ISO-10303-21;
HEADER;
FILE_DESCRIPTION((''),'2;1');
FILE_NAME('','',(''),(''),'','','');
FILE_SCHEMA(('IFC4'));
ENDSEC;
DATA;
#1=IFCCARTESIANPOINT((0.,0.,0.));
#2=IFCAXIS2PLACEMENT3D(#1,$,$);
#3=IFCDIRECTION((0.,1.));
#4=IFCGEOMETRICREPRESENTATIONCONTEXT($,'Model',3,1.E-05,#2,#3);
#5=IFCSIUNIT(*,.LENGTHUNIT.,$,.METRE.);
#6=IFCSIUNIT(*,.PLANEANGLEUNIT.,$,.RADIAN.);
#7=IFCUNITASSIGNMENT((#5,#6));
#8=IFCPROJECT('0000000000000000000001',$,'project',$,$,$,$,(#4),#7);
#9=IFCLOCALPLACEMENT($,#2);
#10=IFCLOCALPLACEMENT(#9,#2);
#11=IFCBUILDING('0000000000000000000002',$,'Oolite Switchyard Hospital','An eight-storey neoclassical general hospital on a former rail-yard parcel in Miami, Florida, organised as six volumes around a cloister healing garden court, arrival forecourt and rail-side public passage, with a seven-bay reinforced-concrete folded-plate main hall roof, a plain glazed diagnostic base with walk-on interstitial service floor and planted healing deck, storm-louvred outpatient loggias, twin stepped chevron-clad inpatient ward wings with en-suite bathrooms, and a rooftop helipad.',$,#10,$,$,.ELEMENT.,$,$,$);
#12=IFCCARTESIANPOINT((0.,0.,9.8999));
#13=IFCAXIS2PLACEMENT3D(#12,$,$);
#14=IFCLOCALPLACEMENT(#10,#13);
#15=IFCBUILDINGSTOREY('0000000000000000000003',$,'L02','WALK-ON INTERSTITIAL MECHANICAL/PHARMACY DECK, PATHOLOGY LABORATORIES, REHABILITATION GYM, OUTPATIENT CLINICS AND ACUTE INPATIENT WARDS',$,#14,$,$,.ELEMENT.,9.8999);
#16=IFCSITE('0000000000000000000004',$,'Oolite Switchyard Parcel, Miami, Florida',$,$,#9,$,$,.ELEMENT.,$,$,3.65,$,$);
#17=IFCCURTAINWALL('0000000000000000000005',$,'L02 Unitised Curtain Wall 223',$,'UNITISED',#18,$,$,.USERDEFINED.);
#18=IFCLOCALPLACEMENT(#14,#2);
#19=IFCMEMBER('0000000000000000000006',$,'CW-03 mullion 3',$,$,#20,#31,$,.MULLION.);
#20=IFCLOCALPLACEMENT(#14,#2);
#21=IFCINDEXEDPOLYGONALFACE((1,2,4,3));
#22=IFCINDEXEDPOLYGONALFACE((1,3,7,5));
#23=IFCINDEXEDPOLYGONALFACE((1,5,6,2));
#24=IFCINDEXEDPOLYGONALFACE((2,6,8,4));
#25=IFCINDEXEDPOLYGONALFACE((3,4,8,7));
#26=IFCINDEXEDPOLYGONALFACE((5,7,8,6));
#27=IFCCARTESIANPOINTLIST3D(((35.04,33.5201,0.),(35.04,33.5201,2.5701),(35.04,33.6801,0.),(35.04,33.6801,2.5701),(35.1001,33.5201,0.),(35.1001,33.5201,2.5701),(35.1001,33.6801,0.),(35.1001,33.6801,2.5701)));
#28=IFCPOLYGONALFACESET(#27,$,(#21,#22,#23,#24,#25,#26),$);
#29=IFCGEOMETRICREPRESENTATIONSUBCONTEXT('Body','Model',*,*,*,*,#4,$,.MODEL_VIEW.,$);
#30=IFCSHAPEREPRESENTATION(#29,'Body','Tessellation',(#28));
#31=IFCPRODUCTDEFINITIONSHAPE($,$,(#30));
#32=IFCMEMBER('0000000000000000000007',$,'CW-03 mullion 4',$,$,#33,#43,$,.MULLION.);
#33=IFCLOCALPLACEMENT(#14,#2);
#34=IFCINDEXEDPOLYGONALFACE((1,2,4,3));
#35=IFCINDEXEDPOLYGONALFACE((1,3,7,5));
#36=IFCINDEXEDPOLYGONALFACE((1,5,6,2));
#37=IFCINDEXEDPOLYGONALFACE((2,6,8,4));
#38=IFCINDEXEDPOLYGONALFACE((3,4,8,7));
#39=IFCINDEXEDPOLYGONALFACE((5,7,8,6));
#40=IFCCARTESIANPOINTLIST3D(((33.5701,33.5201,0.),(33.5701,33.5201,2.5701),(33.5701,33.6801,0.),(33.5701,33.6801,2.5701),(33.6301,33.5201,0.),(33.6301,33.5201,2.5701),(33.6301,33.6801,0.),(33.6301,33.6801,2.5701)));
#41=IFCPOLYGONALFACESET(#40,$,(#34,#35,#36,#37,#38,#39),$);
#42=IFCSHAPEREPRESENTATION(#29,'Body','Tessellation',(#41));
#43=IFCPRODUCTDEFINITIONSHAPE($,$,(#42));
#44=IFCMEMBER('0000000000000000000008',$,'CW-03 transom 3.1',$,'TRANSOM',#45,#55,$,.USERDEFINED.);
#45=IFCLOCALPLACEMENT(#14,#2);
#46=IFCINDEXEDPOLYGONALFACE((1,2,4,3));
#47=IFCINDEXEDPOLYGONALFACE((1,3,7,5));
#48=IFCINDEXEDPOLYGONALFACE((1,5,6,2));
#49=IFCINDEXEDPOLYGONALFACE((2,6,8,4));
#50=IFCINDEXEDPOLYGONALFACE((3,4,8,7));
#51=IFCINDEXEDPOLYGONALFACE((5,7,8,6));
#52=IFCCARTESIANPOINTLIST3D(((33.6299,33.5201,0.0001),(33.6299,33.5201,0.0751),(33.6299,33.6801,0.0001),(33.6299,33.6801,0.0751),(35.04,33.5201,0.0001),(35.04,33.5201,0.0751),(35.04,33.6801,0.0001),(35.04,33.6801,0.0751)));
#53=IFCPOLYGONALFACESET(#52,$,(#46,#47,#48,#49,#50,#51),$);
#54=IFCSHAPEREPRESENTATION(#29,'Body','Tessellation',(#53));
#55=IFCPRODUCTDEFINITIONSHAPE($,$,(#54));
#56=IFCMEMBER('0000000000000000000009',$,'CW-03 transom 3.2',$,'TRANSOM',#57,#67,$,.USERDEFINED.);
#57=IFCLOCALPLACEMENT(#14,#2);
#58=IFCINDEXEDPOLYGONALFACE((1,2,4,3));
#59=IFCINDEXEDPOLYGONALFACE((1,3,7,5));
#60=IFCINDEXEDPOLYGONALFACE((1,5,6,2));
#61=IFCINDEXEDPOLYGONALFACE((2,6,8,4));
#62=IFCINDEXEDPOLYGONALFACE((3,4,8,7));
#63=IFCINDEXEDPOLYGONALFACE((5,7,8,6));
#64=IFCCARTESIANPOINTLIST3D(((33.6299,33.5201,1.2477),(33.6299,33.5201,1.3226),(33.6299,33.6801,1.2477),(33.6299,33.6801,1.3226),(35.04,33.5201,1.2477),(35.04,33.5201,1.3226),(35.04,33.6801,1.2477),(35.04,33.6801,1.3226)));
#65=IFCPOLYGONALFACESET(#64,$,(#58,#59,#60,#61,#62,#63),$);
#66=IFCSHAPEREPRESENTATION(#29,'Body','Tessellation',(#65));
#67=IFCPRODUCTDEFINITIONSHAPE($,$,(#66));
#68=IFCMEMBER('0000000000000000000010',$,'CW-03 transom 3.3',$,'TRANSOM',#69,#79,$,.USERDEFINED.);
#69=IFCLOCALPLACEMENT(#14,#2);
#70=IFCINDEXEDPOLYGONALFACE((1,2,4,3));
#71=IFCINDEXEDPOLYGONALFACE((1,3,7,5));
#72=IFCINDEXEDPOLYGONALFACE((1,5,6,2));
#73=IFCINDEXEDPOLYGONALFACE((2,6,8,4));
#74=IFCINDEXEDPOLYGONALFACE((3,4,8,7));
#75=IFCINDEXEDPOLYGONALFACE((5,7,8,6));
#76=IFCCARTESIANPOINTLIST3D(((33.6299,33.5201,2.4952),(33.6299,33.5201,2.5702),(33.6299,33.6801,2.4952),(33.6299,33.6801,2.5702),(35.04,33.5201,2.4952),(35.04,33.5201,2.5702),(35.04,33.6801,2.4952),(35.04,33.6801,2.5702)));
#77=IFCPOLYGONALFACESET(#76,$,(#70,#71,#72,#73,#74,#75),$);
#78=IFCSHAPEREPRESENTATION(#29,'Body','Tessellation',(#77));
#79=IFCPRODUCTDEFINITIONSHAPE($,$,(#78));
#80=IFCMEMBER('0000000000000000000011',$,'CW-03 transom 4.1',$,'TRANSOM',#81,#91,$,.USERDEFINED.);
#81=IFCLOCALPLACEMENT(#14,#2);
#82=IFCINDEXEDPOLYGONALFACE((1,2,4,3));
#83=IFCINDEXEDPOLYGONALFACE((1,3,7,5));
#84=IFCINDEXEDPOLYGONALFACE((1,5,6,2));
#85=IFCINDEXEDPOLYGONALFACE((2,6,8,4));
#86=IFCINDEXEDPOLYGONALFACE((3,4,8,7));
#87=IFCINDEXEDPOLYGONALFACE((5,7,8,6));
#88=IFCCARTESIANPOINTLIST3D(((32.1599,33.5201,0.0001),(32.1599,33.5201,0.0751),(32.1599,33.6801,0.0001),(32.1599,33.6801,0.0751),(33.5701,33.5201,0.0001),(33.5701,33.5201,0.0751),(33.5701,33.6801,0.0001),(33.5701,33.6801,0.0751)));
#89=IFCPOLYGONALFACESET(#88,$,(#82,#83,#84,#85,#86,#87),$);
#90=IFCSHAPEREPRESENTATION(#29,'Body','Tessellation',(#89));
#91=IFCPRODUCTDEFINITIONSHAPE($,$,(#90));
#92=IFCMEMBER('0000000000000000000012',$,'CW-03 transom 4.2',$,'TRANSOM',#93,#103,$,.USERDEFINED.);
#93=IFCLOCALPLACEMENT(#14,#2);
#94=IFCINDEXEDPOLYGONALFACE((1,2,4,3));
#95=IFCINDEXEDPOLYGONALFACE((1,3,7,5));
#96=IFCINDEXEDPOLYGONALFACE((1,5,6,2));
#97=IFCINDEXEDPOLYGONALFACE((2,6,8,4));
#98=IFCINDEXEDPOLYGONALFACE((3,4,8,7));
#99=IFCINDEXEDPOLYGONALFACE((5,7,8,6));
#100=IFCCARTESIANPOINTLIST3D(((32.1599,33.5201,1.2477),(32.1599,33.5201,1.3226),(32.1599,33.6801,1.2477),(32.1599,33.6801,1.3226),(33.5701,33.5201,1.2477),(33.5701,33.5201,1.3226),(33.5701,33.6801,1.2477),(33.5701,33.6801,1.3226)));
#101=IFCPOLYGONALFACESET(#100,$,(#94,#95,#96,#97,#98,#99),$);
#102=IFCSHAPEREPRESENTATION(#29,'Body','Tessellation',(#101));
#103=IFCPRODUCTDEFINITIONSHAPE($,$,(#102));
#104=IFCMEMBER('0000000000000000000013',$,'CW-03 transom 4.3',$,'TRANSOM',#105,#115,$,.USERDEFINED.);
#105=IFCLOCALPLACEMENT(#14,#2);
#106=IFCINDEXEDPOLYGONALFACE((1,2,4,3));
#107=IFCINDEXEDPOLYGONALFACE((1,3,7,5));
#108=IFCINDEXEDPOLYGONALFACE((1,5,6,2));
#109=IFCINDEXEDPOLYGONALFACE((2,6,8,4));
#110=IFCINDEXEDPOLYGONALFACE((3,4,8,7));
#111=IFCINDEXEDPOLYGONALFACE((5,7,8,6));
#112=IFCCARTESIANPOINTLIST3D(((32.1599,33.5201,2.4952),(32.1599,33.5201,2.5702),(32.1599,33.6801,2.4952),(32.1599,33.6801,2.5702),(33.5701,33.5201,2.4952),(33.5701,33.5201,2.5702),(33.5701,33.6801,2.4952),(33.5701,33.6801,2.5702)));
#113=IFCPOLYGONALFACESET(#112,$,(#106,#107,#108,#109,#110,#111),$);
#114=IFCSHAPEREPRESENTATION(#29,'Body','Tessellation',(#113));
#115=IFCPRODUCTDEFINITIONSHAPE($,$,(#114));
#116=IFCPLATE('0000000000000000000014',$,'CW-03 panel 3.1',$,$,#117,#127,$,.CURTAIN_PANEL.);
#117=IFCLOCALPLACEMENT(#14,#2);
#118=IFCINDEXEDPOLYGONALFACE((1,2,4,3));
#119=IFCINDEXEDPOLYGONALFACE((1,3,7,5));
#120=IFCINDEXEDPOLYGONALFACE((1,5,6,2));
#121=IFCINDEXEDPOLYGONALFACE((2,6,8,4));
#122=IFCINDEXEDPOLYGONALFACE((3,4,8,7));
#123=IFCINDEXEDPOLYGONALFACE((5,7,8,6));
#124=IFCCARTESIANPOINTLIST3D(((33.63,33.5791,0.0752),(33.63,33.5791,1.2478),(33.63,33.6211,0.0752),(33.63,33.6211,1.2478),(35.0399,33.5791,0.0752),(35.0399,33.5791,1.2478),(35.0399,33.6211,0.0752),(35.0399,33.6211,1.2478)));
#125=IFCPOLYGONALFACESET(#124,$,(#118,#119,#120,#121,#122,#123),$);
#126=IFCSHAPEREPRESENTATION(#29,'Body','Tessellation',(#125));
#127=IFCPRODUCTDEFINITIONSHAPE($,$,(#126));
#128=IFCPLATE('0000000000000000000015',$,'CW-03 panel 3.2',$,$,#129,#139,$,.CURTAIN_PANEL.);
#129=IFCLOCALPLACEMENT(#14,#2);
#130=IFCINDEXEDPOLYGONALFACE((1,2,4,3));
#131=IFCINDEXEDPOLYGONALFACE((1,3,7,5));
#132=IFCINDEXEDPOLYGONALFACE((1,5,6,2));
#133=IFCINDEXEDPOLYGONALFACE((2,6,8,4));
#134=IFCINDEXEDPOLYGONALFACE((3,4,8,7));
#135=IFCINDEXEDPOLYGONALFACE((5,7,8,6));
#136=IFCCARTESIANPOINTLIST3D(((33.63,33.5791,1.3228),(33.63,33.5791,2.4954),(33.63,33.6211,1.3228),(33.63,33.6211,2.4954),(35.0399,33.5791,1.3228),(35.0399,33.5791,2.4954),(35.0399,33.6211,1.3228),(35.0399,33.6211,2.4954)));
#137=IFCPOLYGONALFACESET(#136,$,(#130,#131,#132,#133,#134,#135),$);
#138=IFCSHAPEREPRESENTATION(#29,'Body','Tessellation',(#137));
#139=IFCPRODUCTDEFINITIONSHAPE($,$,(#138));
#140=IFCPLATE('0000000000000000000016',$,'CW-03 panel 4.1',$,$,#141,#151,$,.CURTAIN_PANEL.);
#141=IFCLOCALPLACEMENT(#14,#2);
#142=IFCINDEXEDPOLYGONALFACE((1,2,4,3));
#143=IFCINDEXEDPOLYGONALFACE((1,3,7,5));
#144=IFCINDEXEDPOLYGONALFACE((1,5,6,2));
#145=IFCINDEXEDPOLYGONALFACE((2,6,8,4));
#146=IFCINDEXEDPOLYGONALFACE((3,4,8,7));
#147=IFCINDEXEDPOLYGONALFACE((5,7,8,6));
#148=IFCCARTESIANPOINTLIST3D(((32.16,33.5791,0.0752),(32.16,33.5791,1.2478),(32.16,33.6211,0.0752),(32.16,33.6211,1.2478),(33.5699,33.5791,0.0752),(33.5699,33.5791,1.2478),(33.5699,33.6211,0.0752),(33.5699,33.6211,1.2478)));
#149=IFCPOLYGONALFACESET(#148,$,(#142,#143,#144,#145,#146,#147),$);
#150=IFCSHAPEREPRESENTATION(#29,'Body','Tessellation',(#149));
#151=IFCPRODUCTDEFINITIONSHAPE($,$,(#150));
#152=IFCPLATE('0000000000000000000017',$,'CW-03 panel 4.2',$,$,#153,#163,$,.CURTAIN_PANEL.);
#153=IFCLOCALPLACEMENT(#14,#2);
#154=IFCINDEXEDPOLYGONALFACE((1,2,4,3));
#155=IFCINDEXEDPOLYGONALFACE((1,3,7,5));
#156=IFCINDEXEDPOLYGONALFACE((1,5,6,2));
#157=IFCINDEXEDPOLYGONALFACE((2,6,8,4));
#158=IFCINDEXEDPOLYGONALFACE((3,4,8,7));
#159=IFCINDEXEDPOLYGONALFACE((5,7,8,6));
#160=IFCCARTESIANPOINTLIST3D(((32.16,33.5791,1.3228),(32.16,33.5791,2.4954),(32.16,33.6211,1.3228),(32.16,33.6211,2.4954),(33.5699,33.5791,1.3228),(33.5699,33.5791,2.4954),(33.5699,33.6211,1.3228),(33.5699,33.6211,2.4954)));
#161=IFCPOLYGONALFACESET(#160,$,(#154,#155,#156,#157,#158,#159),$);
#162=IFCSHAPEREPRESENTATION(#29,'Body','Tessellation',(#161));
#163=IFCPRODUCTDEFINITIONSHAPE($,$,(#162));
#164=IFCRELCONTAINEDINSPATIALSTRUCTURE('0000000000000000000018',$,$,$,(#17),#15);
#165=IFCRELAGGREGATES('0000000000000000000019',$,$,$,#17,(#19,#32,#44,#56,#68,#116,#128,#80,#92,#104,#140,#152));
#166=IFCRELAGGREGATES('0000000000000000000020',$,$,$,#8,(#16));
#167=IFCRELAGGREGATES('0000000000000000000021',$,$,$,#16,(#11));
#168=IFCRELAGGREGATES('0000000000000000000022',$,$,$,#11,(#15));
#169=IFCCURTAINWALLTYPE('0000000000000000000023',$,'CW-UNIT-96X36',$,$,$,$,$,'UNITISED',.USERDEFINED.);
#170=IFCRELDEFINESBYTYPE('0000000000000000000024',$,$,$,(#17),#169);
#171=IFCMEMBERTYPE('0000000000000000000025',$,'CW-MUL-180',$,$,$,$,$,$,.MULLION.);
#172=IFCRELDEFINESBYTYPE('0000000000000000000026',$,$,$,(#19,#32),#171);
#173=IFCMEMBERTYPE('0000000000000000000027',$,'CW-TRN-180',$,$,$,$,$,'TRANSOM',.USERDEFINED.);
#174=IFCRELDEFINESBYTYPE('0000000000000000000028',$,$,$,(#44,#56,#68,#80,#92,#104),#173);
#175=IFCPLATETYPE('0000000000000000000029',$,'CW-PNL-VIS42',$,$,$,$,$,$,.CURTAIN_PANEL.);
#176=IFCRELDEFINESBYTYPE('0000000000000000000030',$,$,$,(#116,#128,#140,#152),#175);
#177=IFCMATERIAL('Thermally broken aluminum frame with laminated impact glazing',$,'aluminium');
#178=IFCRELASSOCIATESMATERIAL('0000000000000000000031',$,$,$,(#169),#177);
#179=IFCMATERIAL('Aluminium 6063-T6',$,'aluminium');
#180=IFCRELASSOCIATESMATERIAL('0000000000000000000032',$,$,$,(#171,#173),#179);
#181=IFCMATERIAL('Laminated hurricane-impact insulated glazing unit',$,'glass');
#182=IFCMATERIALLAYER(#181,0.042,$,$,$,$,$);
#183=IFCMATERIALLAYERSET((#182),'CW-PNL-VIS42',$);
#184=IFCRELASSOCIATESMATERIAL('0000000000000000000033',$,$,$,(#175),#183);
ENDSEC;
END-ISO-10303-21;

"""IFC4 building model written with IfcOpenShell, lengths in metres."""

from ifc_helpers import new_model, si_unit, direction, frame, origin, origin_2d, place, context, subcontext, project, spatial, rectangle, extrude, material, layer, layer_set, material_profile, profile_set, type_object, element, aggregate, save


model = new_model("IFC4")

# Units and contexts
model_context = context("Model", 3, precision=1e-05, world=origin(), true_north=direction((0.0, 1.0)))
body_context = subcontext(model_context, "Body", "Model", "MODEL_VIEW")
ifc_project = project(units=[si_unit("LENGTHUNIT", "METRE"), si_unit("PLANEANGLEUNIT", "RADIAN")], contexts=[model_context])

# Site, building, storey
site_placement = place(None, origin())
site = spatial("IfcSite", under=ifc_project, at=site_placement, Name="Oolite Switchyard Parcel, Miami, Florida", CompositionType="ELEMENT", RefElevation=3.65)
building_placement = place(site_placement, origin())
building = spatial("IfcBuilding", under=site, at=building_placement, Name="Oolite Switchyard Hospital", Description="An eight-storey neoclassical general hospital on a former rail-yard parcel in Miami, Florida, organised as six volumes around a cloister healing garden court, arrival forecourt and rail-side public passage, with a seven-bay reinforced-concrete folded-plate main hall roof, a plain glazed diagnostic base with walk-on interstitial service floor and planted healing deck, storm-louvred outpatient loggias, twin stepped chevron-clad inpatient ward wings with en-suite bathrooms, and a rooftop helipad.", CompositionType="ELEMENT")
storey_placement = place(building_placement, frame((0.0, 0.0, 9.8999)))
storey = spatial("IfcBuildingStorey", under=building, at=storey_placement, Name="L02", Description="WALK-ON INTERSTITIAL MECHANICAL/PHARMACY DECK, PATHOLOGY LABORATORIES, REHABILITATION GYM, OUTPATIENT CLINICS AND ACUTE INPATIENT WARDS", CompositionType="ELEMENT", Elevation=9.8999)

# Curtain wall, members, plates
ifc_material_1 = material(Name="Thermally broken aluminum frame with laminated impact glazing", Category="aluminium")
curtain_wall_type = type_object("IfcCurtainWallType", Name="CW-UNIT-96X36", ElementType="UNITISED", PredefinedType="USERDEFINED", material=ifc_material_1)
curtain_wall_placement = place(storey_placement, origin())
curtain_wall = element("IfcCurtainWall", 1, at=curtain_wall_placement, inside=storey, type_object=curtain_wall_type, Name="L02 Unitised Curtain Wall 223", ObjectType="UNITISED", PredefinedType="USERDEFINED")
ifc_material_2 = material(Name="Aluminium 6063-T6", Category="aluminium")
ifc_material_profile_1 = material_profile(ifc_material_2, rectangle(XDim=0.1599, YDim=0.0601, at=origin_2d()), Name="CWM60X160")
ifc_profile_set_1 = profile_set([ifc_material_profile_1], Name="Aluminium 6063-T6")
member_type_1 = type_object("IfcMemberType", Name="CW-MUL-180", PredefinedType="MULLION", material=ifc_profile_set_1)
member_1_placement = place(storey_placement, frame((35.0701, 33.6001, 0.0), z_axis=(0.0, 0.0, 1.0), x_axis=(0.0, -1.0, 0.0)))
member_1 = element("IfcMember", 2, at=member_1_placement, type_object=member_type_1, Name="CW-03 mullion 3", PredefinedType="MULLION", context=body_context, shape_type="SweptSolid", body=[
    extrude(rectangle(XDim=0.1599, YDim=0.0601, at=origin_2d()), origin(), (0.0, 0.0, 1.0), 2.5701),
])
member_2_placement = place(storey_placement, frame((33.6001, 33.6001, 0.0), z_axis=(0.0, 0.0, 1.0), x_axis=(0.0, -1.0, 0.0)))
member_2 = element("IfcMember", 3, at=member_2_placement, type_object=member_type_1, Name="CW-03 mullion 4", PredefinedType="MULLION", context=body_context, shape_type="SweptSolid", body=[
    extrude(rectangle(XDim=0.1599, YDim=0.0601, at=origin_2d()), origin(), (0.0, 0.0, 1.0), 2.5701),
])
ifc_material_profile_2 = material_profile(ifc_material_2, rectangle(XDim=0.1599, YDim=0.075, at=origin_2d()), Name="CWT75X160")
ifc_profile_set_2 = profile_set([ifc_material_profile_2], Name="Aluminium 6063-T6")
member_type_2 = type_object("IfcMemberType", Name="CW-TRN-180", ElementType="TRANSOM", PredefinedType="USERDEFINED", material=ifc_profile_set_2)
member_3_placement = place(storey_placement, frame((35.04, 33.6001, 0.0376), z_axis=(-1.0, 0.0, 0.0), x_axis=(0.0, -1.0, 0.0)))
member_3 = element("IfcMember", 4, at=member_3_placement, type_object=member_type_2, Name="CW-03 transom 3.1", ObjectType="TRANSOM", PredefinedType="USERDEFINED", context=body_context, shape_type="SweptSolid", body=[
    extrude(rectangle(XDim=0.1599, YDim=0.075, at=origin_2d()), origin(), (0.0, 0.0, 1.0), 1.4102),
])
member_4_placement = place(storey_placement, frame((35.04, 33.6001, 1.2852), z_axis=(-1.0, 0.0, 0.0), x_axis=(0.0, -1.0, 0.0)))
member_4 = element("IfcMember", 5, at=member_4_placement, type_object=member_type_2, Name="CW-03 transom 3.2", ObjectType="TRANSOM", PredefinedType="USERDEFINED", context=body_context, shape_type="SweptSolid", body=[
    extrude(rectangle(XDim=0.1599, YDim=0.075, at=origin_2d()), origin(), (0.0, 0.0, 1.0), 1.4102),
])
member_5_placement = place(storey_placement, frame((35.04, 33.6001, 2.5327), z_axis=(-1.0, 0.0, 0.0), x_axis=(0.0, -1.0, 0.0)))
member_5 = element("IfcMember", 6, at=member_5_placement, type_object=member_type_2, Name="CW-03 transom 3.3", ObjectType="TRANSOM", PredefinedType="USERDEFINED", context=body_context, shape_type="SweptSolid", body=[
    extrude(rectangle(XDim=0.1599, YDim=0.075, at=origin_2d()), origin(), (0.0, 0.0, 1.0), 1.4102),
])
member_6_placement = place(storey_placement, frame((33.5701, 33.6001, 0.0376), z_axis=(-1.0, 0.0, 0.0), x_axis=(0.0, -1.0, 0.0)))
member_6 = element("IfcMember", 7, at=member_6_placement, type_object=member_type_2, Name="CW-03 transom 4.1", ObjectType="TRANSOM", PredefinedType="USERDEFINED", context=body_context, shape_type="SweptSolid", body=[
    extrude(rectangle(XDim=0.1599, YDim=0.075, at=origin_2d()), origin(), (0.0, 0.0, 1.0), 1.4102),
])
member_7_placement = place(storey_placement, frame((33.5701, 33.6001, 1.2852), z_axis=(-1.0, 0.0, 0.0), x_axis=(0.0, -1.0, 0.0)))
member_7 = element("IfcMember", 8, at=member_7_placement, type_object=member_type_2, Name="CW-03 transom 4.2", ObjectType="TRANSOM", PredefinedType="USERDEFINED", context=body_context, shape_type="SweptSolid", body=[
    extrude(rectangle(XDim=0.1599, YDim=0.075, at=origin_2d()), origin(), (0.0, 0.0, 1.0), 1.4102),
])
member_8_placement = place(storey_placement, frame((33.5701, 33.6001, 2.5327), z_axis=(-1.0, 0.0, 0.0), x_axis=(0.0, -1.0, 0.0)))
member_8 = element("IfcMember", 9, at=member_8_placement, type_object=member_type_2, Name="CW-03 transom 4.3", ObjectType="TRANSOM", PredefinedType="USERDEFINED", context=body_context, shape_type="SweptSolid", body=[
    extrude(rectangle(XDim=0.1599, YDim=0.075, at=origin_2d()), origin(), (0.0, 0.0, 1.0), 1.4102),
])
ifc_material_3 = material(Name="Laminated hurricane-impact insulated glazing unit", Category="glass")
ifc_layer = layer(ifc_material_3, 0.042)
ifc_layer_set = layer_set([ifc_layer], Name="CW-PNL-VIS42")
plate_type = type_object("IfcPlateType", Name="CW-PNL-VIS42", PredefinedType="CURTAIN_PANEL", material=ifc_layer_set)
plate_1_placement = place(storey_placement, frame((34.335, 33.6001, 0.0752), z_axis=(0.0, 0.0, 1.0), x_axis=(-1.0, 0.0, 0.0)))
plate_1 = element("IfcPlate", 10, at=plate_1_placement, type_object=plate_type, Name="CW-03 panel 3.1", PredefinedType="CURTAIN_PANEL", context=body_context, shape_type="SweptSolid", body=[
    extrude(rectangle(XDim=1.4099, YDim=0.042, at=origin_2d()), origin(), (0.0, 0.0, 1.0), 1.1726),
])
plate_2_placement = place(storey_placement, frame((34.335, 33.6001, 1.3228), z_axis=(0.0, 0.0, 1.0), x_axis=(-1.0, 0.0, 0.0)))
plate_2 = element("IfcPlate", 11, at=plate_2_placement, type_object=plate_type, Name="CW-03 panel 3.2", PredefinedType="CURTAIN_PANEL", context=body_context, shape_type="SweptSolid", body=[
    extrude(rectangle(XDim=1.4099, YDim=0.042, at=origin_2d()), origin(), (0.0, 0.0, 1.0), 1.1726),
])
plate_3_placement = place(storey_placement, frame((32.865, 33.6001, 0.0752), z_axis=(0.0, 0.0, 1.0), x_axis=(-1.0, 0.0, 0.0)))
plate_3 = element("IfcPlate", 12, at=plate_3_placement, type_object=plate_type, Name="CW-03 panel 4.1", PredefinedType="CURTAIN_PANEL", context=body_context, shape_type="SweptSolid", body=[
    extrude(rectangle(XDim=1.4099, YDim=0.042, at=origin_2d()), origin(), (0.0, 0.0, 1.0), 1.1726),
])
plate_4_placement = place(storey_placement, frame((32.865, 33.6001, 1.3228), z_axis=(0.0, 0.0, 1.0), x_axis=(-1.0, 0.0, 0.0)))
plate_4 = element("IfcPlate", 13, at=plate_4_placement, type_object=plate_type, Name="CW-03 panel 4.2", PredefinedType="CURTAIN_PANEL", context=body_context, shape_type="SweptSolid", body=[
    extrude(rectangle(XDim=1.4099, YDim=0.042, at=origin_2d()), origin(), (0.0, 0.0, 1.0), 1.1726),
])
aggregate(curtain_wall, [member_1, member_2, member_3, member_4, member_5, plate_1, plate_2, member_6, member_7, member_8, plate_3, plate_4])

save(model, "model.ifc")
